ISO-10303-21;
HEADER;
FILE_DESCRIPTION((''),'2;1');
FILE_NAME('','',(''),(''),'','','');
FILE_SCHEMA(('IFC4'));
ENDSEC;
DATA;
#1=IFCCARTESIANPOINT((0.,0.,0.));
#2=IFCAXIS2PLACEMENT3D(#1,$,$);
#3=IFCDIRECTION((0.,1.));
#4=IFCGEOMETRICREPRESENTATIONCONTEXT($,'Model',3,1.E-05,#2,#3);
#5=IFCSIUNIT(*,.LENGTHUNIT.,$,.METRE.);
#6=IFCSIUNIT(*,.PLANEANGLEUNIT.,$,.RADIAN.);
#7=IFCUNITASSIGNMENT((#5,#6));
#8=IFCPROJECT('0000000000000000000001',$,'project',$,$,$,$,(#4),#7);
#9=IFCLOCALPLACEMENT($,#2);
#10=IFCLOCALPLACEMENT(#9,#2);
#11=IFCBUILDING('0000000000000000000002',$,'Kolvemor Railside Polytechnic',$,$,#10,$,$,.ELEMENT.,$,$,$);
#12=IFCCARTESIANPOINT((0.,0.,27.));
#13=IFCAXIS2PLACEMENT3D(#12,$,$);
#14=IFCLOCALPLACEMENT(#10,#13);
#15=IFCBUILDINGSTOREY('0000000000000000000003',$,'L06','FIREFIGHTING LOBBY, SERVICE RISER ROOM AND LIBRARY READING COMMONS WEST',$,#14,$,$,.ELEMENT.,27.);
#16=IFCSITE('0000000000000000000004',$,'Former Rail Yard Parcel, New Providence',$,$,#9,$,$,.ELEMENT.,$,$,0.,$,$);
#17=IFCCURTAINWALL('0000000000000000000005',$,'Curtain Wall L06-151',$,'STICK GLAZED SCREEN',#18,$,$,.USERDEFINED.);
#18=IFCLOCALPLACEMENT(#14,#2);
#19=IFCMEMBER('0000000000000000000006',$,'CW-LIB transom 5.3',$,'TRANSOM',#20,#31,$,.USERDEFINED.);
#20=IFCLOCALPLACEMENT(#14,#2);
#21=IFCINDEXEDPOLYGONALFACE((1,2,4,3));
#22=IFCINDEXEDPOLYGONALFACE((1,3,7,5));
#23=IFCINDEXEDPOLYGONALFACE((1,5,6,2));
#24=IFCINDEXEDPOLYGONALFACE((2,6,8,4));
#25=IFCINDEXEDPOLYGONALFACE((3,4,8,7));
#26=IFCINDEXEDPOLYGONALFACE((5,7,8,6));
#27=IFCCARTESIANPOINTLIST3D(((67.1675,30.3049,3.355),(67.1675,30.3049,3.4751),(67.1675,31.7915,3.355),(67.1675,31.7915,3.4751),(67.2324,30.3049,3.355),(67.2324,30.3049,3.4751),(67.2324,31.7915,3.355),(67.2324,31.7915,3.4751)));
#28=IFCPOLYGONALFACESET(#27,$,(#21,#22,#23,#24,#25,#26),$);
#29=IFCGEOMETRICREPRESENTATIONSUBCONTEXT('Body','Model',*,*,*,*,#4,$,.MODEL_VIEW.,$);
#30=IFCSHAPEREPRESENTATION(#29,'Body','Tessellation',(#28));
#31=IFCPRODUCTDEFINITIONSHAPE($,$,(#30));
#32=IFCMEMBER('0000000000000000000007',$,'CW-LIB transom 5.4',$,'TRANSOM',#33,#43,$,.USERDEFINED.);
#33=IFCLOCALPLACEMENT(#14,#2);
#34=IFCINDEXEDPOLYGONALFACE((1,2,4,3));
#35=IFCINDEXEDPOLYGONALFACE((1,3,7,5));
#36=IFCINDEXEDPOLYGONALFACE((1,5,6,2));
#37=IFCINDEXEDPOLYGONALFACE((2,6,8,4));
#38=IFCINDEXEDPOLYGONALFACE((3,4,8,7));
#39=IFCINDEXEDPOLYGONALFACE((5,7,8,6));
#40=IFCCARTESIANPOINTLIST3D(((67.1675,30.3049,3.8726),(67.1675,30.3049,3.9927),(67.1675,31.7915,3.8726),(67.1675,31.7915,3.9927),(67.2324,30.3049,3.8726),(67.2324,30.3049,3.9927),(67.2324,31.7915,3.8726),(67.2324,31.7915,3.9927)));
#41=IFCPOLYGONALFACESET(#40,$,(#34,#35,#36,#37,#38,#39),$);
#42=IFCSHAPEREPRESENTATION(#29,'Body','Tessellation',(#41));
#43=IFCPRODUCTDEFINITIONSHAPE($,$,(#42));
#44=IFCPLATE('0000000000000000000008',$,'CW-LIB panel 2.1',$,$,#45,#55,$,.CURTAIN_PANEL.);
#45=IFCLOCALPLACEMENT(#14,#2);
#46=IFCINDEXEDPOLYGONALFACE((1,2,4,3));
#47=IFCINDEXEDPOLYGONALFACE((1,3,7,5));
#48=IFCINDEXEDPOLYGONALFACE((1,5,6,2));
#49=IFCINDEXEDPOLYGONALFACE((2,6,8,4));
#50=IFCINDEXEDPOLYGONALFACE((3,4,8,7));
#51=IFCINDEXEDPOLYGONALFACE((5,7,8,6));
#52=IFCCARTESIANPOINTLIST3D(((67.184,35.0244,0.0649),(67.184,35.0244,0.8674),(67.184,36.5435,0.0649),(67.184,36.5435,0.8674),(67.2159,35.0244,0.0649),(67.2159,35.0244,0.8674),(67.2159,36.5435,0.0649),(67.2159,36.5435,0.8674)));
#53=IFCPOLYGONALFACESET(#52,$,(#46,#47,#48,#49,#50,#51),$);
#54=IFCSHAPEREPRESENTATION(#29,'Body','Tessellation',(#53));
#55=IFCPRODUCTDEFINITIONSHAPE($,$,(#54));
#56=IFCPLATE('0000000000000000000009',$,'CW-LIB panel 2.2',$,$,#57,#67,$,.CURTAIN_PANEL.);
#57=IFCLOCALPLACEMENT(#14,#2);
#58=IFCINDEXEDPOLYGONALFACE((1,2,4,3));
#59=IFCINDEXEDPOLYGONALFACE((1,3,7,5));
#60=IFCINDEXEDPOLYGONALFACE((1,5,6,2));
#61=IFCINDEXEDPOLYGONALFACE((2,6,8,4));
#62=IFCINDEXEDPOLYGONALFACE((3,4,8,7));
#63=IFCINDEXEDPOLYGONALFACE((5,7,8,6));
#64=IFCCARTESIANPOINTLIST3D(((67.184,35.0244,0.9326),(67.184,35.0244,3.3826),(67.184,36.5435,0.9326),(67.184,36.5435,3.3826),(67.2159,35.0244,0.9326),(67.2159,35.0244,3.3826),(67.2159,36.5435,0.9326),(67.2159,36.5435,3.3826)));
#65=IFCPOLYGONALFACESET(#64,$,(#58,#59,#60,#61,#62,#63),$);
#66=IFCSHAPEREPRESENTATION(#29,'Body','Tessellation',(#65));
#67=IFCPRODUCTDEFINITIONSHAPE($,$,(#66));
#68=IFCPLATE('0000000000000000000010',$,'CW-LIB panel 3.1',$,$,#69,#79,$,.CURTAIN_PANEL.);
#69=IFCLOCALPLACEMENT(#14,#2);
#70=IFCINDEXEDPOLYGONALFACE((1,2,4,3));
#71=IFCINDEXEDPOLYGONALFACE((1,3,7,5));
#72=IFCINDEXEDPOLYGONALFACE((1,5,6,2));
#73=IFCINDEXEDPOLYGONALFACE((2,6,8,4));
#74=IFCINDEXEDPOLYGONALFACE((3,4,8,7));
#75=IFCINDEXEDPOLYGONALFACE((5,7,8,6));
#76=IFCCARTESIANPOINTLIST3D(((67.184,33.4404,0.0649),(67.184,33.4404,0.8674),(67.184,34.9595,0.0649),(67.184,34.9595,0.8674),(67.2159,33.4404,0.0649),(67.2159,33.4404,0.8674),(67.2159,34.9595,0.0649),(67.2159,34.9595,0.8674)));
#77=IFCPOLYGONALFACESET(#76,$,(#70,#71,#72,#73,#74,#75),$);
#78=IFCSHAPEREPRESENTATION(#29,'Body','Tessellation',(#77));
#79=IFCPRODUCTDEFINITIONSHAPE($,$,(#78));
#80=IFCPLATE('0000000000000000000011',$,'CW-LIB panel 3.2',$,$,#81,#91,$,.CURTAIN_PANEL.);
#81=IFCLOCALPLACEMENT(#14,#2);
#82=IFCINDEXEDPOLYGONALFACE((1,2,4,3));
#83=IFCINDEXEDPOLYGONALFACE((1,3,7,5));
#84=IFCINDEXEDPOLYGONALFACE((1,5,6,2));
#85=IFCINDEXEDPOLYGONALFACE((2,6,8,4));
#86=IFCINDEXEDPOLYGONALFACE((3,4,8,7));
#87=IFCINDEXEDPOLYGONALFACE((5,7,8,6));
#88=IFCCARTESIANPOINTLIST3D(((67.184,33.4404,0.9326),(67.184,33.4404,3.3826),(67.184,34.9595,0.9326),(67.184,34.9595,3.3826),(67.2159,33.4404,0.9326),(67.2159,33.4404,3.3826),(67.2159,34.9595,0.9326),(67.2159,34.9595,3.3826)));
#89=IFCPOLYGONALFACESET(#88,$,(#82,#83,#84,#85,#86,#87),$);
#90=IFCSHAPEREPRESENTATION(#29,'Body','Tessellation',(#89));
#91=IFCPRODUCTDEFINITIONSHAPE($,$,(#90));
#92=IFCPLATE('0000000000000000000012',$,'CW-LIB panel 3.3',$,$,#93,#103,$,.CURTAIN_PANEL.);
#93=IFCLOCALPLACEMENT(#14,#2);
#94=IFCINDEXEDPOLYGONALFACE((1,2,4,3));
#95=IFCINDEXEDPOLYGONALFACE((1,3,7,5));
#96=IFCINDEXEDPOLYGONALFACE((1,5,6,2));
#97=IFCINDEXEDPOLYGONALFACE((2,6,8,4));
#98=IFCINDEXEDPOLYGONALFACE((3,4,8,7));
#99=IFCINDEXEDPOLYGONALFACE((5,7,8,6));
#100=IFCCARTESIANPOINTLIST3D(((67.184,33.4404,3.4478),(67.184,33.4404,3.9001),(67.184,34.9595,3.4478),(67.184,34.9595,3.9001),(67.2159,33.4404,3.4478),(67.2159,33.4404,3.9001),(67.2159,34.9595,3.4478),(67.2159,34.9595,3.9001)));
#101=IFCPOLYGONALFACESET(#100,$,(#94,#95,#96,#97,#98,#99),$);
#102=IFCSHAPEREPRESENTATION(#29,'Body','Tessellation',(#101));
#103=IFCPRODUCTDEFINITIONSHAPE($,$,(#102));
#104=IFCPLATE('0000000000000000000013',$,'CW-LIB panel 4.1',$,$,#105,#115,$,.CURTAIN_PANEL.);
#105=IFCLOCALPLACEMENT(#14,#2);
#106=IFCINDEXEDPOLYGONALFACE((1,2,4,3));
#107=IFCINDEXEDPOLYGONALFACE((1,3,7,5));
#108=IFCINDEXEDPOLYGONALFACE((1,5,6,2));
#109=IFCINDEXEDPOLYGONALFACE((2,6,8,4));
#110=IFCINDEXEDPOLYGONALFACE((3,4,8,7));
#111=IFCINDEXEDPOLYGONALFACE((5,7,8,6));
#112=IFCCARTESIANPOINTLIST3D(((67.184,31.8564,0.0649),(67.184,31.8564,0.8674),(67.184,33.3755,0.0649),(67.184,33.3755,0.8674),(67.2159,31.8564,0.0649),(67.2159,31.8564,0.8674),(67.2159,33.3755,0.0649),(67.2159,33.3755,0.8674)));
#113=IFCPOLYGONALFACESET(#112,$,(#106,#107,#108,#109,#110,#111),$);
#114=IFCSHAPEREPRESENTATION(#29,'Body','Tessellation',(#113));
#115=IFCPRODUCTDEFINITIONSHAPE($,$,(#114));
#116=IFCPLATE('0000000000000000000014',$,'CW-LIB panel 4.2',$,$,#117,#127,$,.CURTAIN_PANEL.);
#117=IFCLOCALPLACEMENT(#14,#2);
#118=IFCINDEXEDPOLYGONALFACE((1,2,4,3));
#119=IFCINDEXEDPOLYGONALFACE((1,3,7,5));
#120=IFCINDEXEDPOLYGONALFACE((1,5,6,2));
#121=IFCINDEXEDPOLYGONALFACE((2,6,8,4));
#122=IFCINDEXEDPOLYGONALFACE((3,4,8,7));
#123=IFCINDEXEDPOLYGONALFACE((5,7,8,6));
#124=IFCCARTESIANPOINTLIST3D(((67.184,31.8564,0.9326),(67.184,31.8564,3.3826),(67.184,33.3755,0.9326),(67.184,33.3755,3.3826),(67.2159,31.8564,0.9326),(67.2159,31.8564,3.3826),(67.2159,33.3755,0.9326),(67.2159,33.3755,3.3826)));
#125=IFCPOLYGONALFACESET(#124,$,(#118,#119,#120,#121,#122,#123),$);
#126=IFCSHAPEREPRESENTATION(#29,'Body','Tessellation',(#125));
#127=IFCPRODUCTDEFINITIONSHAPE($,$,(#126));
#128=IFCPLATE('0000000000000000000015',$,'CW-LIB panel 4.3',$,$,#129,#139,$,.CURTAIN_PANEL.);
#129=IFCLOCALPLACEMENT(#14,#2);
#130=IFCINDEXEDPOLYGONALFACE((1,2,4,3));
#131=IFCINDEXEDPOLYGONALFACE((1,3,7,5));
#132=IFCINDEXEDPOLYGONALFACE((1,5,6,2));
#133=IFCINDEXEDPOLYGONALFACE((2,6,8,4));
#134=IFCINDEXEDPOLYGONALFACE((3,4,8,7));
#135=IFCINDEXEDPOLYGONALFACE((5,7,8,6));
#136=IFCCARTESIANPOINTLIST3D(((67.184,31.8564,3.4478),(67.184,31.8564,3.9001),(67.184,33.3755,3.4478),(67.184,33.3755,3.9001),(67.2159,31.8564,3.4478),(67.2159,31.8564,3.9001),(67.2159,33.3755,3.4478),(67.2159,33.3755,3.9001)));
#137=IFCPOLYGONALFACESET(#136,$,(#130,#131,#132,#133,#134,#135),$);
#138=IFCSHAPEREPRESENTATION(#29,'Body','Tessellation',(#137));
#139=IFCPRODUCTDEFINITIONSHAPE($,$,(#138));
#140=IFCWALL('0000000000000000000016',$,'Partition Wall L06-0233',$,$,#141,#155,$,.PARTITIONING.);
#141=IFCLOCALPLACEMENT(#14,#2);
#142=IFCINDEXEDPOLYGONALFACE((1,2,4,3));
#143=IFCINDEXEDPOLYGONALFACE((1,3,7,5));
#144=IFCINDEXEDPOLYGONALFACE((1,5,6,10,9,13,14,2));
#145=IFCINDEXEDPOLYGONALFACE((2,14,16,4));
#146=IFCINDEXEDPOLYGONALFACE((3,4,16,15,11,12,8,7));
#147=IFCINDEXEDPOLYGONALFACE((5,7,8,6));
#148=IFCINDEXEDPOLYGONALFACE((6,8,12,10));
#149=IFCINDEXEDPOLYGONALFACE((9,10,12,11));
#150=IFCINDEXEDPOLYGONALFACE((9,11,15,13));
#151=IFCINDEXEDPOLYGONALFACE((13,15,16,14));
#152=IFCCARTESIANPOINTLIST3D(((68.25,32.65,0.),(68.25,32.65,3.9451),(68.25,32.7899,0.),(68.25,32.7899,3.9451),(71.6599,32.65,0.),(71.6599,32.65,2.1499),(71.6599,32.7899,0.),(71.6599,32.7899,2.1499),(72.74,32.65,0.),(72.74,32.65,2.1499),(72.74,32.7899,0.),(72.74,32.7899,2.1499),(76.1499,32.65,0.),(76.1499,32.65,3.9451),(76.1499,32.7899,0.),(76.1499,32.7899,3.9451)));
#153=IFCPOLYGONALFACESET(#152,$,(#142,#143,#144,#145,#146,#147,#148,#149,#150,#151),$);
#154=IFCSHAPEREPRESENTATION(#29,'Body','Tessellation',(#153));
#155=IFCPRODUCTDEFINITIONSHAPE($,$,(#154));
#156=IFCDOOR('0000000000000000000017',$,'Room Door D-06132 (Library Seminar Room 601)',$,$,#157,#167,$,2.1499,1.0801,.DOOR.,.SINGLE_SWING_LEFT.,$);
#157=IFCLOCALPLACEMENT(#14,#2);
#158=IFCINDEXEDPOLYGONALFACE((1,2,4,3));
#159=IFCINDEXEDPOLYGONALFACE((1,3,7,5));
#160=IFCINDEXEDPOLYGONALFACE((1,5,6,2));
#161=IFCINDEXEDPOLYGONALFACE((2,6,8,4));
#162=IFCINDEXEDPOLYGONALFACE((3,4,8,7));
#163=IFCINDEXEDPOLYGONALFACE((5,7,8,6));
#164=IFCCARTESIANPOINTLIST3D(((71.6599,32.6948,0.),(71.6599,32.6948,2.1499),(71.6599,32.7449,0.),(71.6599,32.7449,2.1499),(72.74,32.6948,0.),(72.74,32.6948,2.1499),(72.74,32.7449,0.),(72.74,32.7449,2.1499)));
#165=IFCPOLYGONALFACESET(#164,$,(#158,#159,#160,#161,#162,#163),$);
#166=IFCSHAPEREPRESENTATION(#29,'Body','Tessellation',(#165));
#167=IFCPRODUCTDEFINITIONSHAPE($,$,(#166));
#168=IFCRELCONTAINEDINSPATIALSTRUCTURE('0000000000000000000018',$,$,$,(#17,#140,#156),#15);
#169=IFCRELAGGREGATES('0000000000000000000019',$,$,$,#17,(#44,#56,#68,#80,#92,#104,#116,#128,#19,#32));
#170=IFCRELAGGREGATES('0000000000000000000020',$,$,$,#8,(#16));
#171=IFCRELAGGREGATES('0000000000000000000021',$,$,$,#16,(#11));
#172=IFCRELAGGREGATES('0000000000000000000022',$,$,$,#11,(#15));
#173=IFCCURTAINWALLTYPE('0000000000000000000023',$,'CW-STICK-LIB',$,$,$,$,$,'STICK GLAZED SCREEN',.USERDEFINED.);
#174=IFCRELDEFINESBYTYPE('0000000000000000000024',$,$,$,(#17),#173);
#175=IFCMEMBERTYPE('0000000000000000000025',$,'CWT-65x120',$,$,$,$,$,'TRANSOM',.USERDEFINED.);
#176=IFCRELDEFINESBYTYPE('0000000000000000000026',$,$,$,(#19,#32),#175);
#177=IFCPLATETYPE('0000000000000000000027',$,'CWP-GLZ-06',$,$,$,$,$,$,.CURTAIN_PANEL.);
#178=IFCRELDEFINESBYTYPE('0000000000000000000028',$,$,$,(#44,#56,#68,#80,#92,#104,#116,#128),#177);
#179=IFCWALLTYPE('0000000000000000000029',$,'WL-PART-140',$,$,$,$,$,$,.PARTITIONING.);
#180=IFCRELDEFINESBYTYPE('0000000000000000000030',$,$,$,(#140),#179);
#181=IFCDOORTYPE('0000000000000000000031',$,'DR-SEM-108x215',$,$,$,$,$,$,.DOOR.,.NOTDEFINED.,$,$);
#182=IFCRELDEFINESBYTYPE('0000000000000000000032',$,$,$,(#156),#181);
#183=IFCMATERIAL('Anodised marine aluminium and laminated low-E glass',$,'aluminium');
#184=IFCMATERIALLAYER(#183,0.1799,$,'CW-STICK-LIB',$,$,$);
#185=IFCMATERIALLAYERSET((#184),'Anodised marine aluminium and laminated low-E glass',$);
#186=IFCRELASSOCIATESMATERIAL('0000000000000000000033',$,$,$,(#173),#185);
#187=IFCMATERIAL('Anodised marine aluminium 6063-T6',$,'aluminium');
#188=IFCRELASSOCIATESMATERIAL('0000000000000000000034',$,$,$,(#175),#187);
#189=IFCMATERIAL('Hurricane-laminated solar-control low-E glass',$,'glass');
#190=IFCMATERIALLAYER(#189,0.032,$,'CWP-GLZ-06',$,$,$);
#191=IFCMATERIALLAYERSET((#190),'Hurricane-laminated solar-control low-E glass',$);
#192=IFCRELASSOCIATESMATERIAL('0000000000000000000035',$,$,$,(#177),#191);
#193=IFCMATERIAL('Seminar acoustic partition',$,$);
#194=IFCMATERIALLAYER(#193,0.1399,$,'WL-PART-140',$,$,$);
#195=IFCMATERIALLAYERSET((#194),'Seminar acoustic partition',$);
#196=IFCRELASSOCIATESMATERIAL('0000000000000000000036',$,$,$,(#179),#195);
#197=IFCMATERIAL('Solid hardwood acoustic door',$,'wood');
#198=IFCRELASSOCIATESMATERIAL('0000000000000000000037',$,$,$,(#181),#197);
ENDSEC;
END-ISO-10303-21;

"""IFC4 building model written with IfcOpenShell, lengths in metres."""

from ifc_helpers import new_model, si_unit, direction, frame, frame_2d, origin, origin_2d, place, context, subcontext, project, spatial, rectangle, extrude, material, layer, layer_set, material_profile, profile_set, type_object, element, fill, aggregate, save


model = new_model("IFC4")

# Units and contexts
model_context = context("Model", 3, precision=1e-05, world=origin(), true_north=direction((0.0, 1.0)))
body_context = subcontext(model_context, "Body", "Model", "MODEL_VIEW")
ifc_project = project(units=[si_unit("LENGTHUNIT", "METRE"), si_unit("PLANEANGLEUNIT", "RADIAN")], contexts=[model_context])

# Site, building, storey
site_placement = place(None, origin())
site = spatial("IfcSite", under=ifc_project, at=site_placement, Name="Former Rail Yard Parcel, New Providence", CompositionType="ELEMENT", RefElevation=0.0)
building_placement = place(site_placement, origin())
building = spatial("IfcBuilding", under=site, at=building_placement, Name="Kolvemor Railside Polytechnic", CompositionType="ELEMENT")
storey_placement = place(building_placement, frame((0.0, 0.0, 27.0)))
storey = spatial("IfcBuildingStorey", under=building, at=storey_placement, Name="L06", Description="FIREFIGHTING LOBBY, SERVICE RISER ROOM AND LIBRARY READING COMMONS WEST", CompositionType="ELEMENT", Elevation=27.0)

# Curtain wall, members, plates
ifc_material_1 = material(Name="Anodised marine aluminium and laminated low-E glass", Category="aluminium")
ifc_layer_1 = layer(ifc_material_1, 0.1799, Name="CW-STICK-LIB")
ifc_layer_set_1 = layer_set([ifc_layer_1], Name="Anodised marine aluminium and laminated low-E glass")
curtain_wall_type = type_object("IfcCurtainWallType", Name="CW-STICK-LIB", ElementType="STICK GLAZED SCREEN", PredefinedType="USERDEFINED", material=ifc_layer_set_1)
curtain_wall_placement = place(storey_placement, origin())
curtain_wall = element("IfcCurtainWall", 1, at=curtain_wall_placement, inside=storey, type_object=curtain_wall_type, Name="Curtain Wall L06-151", ObjectType="STICK GLAZED SCREEN", PredefinedType="USERDEFINED")
ifc_material_2 = material(Name="Anodised marine aluminium 6063-T6", Category="aluminium")
ifc_material_profile_1 = material_profile(ifc_material_2, rectangle(XDim=0.0649, YDim=0.1201, at=origin_2d()), Name="CW-TRN-65x120")
ifc_profile_set_1 = profile_set([ifc_material_profile_1], Name="Anodised marine aluminium 6063-T6")
member_type_1 = type_object("IfcMemberType", Name="CWT-65x120", ElementType="TRANSOM", PredefinedType="USERDEFINED", material=ifc_profile_set_1)
member_1_placement = place(storey_placement, frame((67.2, 31.7915, 3.415), z_axis=(0.0, -1.0, 0.0), x_axis=(1.0, 0.0, 0.0)))
member_1 = element("IfcMember", 2, at=member_1_placement, type_object=member_type_1, Name="CW-LIB transom 5.3", ObjectType="TRANSOM", PredefinedType="USERDEFINED", context=body_context, shape_type="SweptSolid", body=[
    extrude(rectangle(XDim=0.0649, YDim=0.1201, at=origin_2d()), origin(), (0.0, 0.0, 1.0), 1.4866),
])
member_2_placement = place(storey_placement, frame((67.2, 31.7915, 3.9326), z_axis=(0.0, -1.0, 0.0), x_axis=(1.0, 0.0, 0.0)))
member_2 = element("IfcMember", 3, at=member_2_placement, type_object=member_type_1, Name="CW-LIB transom 5.4", ObjectType="TRANSOM", PredefinedType="USERDEFINED", context=body_context, shape_type="SweptSolid", body=[
    extrude(rectangle(XDim=0.0649, YDim=0.1201, at=origin_2d()), origin(), (0.0, 0.0, 1.0), 1.4866),
])
ifc_material_3 = material(Name="Hurricane-laminated solar-control low-E glass", Category="glass")
ifc_layer_2 = layer(ifc_material_3, 0.032, Name="CWP-GLZ-06")
ifc_layer_set_2 = layer_set([ifc_layer_2], Name="Hurricane-laminated solar-control low-E glass")
plate_type = type_object("IfcPlateType", Name="CWP-GLZ-06", PredefinedType="CURTAIN_PANEL", material=ifc_layer_set_2)
plate_1_placement = place(storey_placement, frame((67.2, 35.7839, 0.0649), z_axis=(0.0, 0.0, 1.0), x_axis=(0.0, -1.0, 0.0)))
plate_1 = element("IfcPlate", 4, at=plate_1_placement, type_object=plate_type, Name="CW-LIB panel 2.1", PredefinedType="CURTAIN_PANEL", context=body_context, shape_type="SweptSolid", body=[
    extrude(rectangle(XDim=1.519, YDim=0.032, at=origin_2d()), origin(), (0.0, 0.0, 1.0), 0.8025),
])
plate_2_placement = place(storey_placement, frame((67.2, 35.7839, 0.9326), z_axis=(0.0, 0.0, 1.0), x_axis=(0.0, -1.0, 0.0)))
plate_2 = element("IfcPlate", 5, at=plate_2_placement, type_object=plate_type, Name="CW-LIB panel 2.2", PredefinedType="CURTAIN_PANEL", context=body_context, shape_type="SweptSolid", body=[
    extrude(rectangle(XDim=1.519, YDim=0.032, at=origin_2d()), origin(), (0.0, 0.0, 1.0), 2.45),
])
plate_3_placement = place(storey_placement, frame((67.2, 34.2, 0.0649), z_axis=(0.0, 0.0, 1.0), x_axis=(0.0, -1.0, 0.0)))
plate_3 = element("IfcPlate", 6, at=plate_3_placement, type_object=plate_type, Name="CW-LIB panel 3.1", PredefinedType="CURTAIN_PANEL", context=body_context, shape_type="SweptSolid", body=[
    extrude(rectangle(XDim=1.519, YDim=0.032, at=origin_2d()), origin(), (0.0, 0.0, 1.0), 0.8025),
])
plate_4_placement = place(storey_placement, frame((67.2, 34.2, 0.9326), z_axis=(0.0, 0.0, 1.0), x_axis=(0.0, -1.0, 0.0)))
plate_4 = element("IfcPlate", 7, at=plate_4_placement, type_object=plate_type, Name="CW-LIB panel 3.2", PredefinedType="CURTAIN_PANEL", context=body_context, shape_type="SweptSolid", body=[
    extrude(rectangle(XDim=1.519, YDim=0.032, at=origin_2d()), origin(), (0.0, 0.0, 1.0), 2.45),
])
plate_5_placement = place(storey_placement, frame((67.2, 34.2, 3.4478), z_axis=(0.0, 0.0, 1.0), x_axis=(0.0, -1.0, 0.0)))
plate_5 = element("IfcPlate", 8, at=plate_5_placement, type_object=plate_type, Name="CW-LIB panel 3.3", PredefinedType="CURTAIN_PANEL", context=body_context, shape_type="SweptSolid", body=[
    extrude(rectangle(XDim=1.519, YDim=0.032, at=origin_2d()), origin(), (0.0, 0.0, 1.0), 0.4524),
])
plate_6_placement = place(storey_placement, frame((67.2, 32.616, 0.0649), z_axis=(0.0, 0.0, 1.0), x_axis=(0.0, -1.0, 0.0)))
plate_6 = element("IfcPlate", 9, at=plate_6_placement, type_object=plate_type, Name="CW-LIB panel 4.1", PredefinedType="CURTAIN_PANEL", context=body_context, shape_type="SweptSolid", body=[
    extrude(rectangle(XDim=1.519, YDim=0.032, at=origin_2d()), origin(), (0.0, 0.0, 1.0), 0.8025),
])
plate_7_placement = place(storey_placement, frame((67.2, 32.616, 0.9326), z_axis=(0.0, 0.0, 1.0), x_axis=(0.0, -1.0, 0.0)))
plate_7 = element("IfcPlate", 10, at=plate_7_placement, type_object=plate_type, Name="CW-LIB panel 4.2", PredefinedType="CURTAIN_PANEL", context=body_context, shape_type="SweptSolid", body=[
    extrude(rectangle(XDim=1.519, YDim=0.032, at=origin_2d()), origin(), (0.0, 0.0, 1.0), 2.45),
])
plate_8_placement = place(storey_placement, frame((67.2, 32.616, 3.4478), z_axis=(0.0, 0.0, 1.0), x_axis=(0.0, -1.0, 0.0)))
plate_8 = element("IfcPlate", 11, at=plate_8_placement, type_object=plate_type, Name="CW-LIB panel 4.3", PredefinedType="CURTAIN_PANEL", context=body_context, shape_type="SweptSolid", body=[
    extrude(rectangle(XDim=1.519, YDim=0.032, at=origin_2d()), origin(), (0.0, 0.0, 1.0), 0.4524),
])
aggregate(curtain_wall, [plate_1, plate_2, plate_3, plate_4, plate_5, plate_6, plate_7, plate_8, member_1, member_2])

# Wall, opening, door
ifc_material_4 = material(Name="Seminar acoustic partition")
ifc_layer_3 = layer(ifc_material_4, 0.1399, Name="WL-PART-140")
ifc_layer_set_3 = layer_set([ifc_layer_3], Name="Seminar acoustic partition")
wall_type = type_object("IfcWallType", Name="WL-PART-140", PredefinedType="PARTITIONING", material=ifc_layer_set_3)
wall_placement = place(storey_placement, frame((68.25, 32.72, 0.0), z_axis=(0.0, 0.0, 1.0), x_axis=(1.0, 0.0, 0.0)))
wall = element("IfcWall", 12, at=wall_placement, inside=storey, type_object=wall_type, Name="Partition Wall L06-0233", PredefinedType="PARTITIONING", context=body_context, shape_type="SweptSolid", body=[
    extrude(rectangle(XDim=7.8999, YDim=0.1399, at=frame_2d((3.95, 0.0))), origin(), (0.0, 0.0, 1.0), 3.9451),
])
opening_placement = place(wall_placement, frame((3.4099, 0.0, 0.0)))
opening = element("IfcOpeningElement", 13, at=opening_placement, cuts=wall, PredefinedType="OPENING", context=body_context, shape_type="SweptSolid", body=[
    extrude(rectangle(XDim=1.0801, YDim=2.1499, at=frame_2d((0.54, 1.075))), frame((0.0, 0.0798, 0.0), z_axis=(0.0, -1.0, 0.0), x_axis=(1.0, 0.0, 0.0)), (0.0, 0.0, 1.0), 0.1599),
])
ifc_material_5 = material(Name="Solid hardwood acoustic door", Category="wood")
door_type = type_object("IfcDoorType", Name="DR-SEM-108x215", OperationType="NOTDEFINED", PredefinedType="DOOR", material=ifc_material_5)
door_placement = place(opening_placement, origin())
door = element("IfcDoor", 14, at=door_placement, inside=storey, type_object=door_type, Name="Room Door D-06132 (Library Seminar Room 601)", OperationType="SINGLE_SWING_LEFT", OverallHeight=2.1499, OverallWidth=1.0801, PredefinedType="DOOR", context=body_context, shape_type="SweptSolid", body=[
    extrude(rectangle(XDim=1.0801, YDim=2.1499, at=frame_2d((0.54, 1.075))), frame((0.0, 0.0249, 0.0), z_axis=(0.0, -1.0, 0.0), x_axis=(1.0, 0.0, 0.0)), (0.0, 0.0, 1.0), 0.05),
])
fill(opening, door)

save(model, "model.ifc")
